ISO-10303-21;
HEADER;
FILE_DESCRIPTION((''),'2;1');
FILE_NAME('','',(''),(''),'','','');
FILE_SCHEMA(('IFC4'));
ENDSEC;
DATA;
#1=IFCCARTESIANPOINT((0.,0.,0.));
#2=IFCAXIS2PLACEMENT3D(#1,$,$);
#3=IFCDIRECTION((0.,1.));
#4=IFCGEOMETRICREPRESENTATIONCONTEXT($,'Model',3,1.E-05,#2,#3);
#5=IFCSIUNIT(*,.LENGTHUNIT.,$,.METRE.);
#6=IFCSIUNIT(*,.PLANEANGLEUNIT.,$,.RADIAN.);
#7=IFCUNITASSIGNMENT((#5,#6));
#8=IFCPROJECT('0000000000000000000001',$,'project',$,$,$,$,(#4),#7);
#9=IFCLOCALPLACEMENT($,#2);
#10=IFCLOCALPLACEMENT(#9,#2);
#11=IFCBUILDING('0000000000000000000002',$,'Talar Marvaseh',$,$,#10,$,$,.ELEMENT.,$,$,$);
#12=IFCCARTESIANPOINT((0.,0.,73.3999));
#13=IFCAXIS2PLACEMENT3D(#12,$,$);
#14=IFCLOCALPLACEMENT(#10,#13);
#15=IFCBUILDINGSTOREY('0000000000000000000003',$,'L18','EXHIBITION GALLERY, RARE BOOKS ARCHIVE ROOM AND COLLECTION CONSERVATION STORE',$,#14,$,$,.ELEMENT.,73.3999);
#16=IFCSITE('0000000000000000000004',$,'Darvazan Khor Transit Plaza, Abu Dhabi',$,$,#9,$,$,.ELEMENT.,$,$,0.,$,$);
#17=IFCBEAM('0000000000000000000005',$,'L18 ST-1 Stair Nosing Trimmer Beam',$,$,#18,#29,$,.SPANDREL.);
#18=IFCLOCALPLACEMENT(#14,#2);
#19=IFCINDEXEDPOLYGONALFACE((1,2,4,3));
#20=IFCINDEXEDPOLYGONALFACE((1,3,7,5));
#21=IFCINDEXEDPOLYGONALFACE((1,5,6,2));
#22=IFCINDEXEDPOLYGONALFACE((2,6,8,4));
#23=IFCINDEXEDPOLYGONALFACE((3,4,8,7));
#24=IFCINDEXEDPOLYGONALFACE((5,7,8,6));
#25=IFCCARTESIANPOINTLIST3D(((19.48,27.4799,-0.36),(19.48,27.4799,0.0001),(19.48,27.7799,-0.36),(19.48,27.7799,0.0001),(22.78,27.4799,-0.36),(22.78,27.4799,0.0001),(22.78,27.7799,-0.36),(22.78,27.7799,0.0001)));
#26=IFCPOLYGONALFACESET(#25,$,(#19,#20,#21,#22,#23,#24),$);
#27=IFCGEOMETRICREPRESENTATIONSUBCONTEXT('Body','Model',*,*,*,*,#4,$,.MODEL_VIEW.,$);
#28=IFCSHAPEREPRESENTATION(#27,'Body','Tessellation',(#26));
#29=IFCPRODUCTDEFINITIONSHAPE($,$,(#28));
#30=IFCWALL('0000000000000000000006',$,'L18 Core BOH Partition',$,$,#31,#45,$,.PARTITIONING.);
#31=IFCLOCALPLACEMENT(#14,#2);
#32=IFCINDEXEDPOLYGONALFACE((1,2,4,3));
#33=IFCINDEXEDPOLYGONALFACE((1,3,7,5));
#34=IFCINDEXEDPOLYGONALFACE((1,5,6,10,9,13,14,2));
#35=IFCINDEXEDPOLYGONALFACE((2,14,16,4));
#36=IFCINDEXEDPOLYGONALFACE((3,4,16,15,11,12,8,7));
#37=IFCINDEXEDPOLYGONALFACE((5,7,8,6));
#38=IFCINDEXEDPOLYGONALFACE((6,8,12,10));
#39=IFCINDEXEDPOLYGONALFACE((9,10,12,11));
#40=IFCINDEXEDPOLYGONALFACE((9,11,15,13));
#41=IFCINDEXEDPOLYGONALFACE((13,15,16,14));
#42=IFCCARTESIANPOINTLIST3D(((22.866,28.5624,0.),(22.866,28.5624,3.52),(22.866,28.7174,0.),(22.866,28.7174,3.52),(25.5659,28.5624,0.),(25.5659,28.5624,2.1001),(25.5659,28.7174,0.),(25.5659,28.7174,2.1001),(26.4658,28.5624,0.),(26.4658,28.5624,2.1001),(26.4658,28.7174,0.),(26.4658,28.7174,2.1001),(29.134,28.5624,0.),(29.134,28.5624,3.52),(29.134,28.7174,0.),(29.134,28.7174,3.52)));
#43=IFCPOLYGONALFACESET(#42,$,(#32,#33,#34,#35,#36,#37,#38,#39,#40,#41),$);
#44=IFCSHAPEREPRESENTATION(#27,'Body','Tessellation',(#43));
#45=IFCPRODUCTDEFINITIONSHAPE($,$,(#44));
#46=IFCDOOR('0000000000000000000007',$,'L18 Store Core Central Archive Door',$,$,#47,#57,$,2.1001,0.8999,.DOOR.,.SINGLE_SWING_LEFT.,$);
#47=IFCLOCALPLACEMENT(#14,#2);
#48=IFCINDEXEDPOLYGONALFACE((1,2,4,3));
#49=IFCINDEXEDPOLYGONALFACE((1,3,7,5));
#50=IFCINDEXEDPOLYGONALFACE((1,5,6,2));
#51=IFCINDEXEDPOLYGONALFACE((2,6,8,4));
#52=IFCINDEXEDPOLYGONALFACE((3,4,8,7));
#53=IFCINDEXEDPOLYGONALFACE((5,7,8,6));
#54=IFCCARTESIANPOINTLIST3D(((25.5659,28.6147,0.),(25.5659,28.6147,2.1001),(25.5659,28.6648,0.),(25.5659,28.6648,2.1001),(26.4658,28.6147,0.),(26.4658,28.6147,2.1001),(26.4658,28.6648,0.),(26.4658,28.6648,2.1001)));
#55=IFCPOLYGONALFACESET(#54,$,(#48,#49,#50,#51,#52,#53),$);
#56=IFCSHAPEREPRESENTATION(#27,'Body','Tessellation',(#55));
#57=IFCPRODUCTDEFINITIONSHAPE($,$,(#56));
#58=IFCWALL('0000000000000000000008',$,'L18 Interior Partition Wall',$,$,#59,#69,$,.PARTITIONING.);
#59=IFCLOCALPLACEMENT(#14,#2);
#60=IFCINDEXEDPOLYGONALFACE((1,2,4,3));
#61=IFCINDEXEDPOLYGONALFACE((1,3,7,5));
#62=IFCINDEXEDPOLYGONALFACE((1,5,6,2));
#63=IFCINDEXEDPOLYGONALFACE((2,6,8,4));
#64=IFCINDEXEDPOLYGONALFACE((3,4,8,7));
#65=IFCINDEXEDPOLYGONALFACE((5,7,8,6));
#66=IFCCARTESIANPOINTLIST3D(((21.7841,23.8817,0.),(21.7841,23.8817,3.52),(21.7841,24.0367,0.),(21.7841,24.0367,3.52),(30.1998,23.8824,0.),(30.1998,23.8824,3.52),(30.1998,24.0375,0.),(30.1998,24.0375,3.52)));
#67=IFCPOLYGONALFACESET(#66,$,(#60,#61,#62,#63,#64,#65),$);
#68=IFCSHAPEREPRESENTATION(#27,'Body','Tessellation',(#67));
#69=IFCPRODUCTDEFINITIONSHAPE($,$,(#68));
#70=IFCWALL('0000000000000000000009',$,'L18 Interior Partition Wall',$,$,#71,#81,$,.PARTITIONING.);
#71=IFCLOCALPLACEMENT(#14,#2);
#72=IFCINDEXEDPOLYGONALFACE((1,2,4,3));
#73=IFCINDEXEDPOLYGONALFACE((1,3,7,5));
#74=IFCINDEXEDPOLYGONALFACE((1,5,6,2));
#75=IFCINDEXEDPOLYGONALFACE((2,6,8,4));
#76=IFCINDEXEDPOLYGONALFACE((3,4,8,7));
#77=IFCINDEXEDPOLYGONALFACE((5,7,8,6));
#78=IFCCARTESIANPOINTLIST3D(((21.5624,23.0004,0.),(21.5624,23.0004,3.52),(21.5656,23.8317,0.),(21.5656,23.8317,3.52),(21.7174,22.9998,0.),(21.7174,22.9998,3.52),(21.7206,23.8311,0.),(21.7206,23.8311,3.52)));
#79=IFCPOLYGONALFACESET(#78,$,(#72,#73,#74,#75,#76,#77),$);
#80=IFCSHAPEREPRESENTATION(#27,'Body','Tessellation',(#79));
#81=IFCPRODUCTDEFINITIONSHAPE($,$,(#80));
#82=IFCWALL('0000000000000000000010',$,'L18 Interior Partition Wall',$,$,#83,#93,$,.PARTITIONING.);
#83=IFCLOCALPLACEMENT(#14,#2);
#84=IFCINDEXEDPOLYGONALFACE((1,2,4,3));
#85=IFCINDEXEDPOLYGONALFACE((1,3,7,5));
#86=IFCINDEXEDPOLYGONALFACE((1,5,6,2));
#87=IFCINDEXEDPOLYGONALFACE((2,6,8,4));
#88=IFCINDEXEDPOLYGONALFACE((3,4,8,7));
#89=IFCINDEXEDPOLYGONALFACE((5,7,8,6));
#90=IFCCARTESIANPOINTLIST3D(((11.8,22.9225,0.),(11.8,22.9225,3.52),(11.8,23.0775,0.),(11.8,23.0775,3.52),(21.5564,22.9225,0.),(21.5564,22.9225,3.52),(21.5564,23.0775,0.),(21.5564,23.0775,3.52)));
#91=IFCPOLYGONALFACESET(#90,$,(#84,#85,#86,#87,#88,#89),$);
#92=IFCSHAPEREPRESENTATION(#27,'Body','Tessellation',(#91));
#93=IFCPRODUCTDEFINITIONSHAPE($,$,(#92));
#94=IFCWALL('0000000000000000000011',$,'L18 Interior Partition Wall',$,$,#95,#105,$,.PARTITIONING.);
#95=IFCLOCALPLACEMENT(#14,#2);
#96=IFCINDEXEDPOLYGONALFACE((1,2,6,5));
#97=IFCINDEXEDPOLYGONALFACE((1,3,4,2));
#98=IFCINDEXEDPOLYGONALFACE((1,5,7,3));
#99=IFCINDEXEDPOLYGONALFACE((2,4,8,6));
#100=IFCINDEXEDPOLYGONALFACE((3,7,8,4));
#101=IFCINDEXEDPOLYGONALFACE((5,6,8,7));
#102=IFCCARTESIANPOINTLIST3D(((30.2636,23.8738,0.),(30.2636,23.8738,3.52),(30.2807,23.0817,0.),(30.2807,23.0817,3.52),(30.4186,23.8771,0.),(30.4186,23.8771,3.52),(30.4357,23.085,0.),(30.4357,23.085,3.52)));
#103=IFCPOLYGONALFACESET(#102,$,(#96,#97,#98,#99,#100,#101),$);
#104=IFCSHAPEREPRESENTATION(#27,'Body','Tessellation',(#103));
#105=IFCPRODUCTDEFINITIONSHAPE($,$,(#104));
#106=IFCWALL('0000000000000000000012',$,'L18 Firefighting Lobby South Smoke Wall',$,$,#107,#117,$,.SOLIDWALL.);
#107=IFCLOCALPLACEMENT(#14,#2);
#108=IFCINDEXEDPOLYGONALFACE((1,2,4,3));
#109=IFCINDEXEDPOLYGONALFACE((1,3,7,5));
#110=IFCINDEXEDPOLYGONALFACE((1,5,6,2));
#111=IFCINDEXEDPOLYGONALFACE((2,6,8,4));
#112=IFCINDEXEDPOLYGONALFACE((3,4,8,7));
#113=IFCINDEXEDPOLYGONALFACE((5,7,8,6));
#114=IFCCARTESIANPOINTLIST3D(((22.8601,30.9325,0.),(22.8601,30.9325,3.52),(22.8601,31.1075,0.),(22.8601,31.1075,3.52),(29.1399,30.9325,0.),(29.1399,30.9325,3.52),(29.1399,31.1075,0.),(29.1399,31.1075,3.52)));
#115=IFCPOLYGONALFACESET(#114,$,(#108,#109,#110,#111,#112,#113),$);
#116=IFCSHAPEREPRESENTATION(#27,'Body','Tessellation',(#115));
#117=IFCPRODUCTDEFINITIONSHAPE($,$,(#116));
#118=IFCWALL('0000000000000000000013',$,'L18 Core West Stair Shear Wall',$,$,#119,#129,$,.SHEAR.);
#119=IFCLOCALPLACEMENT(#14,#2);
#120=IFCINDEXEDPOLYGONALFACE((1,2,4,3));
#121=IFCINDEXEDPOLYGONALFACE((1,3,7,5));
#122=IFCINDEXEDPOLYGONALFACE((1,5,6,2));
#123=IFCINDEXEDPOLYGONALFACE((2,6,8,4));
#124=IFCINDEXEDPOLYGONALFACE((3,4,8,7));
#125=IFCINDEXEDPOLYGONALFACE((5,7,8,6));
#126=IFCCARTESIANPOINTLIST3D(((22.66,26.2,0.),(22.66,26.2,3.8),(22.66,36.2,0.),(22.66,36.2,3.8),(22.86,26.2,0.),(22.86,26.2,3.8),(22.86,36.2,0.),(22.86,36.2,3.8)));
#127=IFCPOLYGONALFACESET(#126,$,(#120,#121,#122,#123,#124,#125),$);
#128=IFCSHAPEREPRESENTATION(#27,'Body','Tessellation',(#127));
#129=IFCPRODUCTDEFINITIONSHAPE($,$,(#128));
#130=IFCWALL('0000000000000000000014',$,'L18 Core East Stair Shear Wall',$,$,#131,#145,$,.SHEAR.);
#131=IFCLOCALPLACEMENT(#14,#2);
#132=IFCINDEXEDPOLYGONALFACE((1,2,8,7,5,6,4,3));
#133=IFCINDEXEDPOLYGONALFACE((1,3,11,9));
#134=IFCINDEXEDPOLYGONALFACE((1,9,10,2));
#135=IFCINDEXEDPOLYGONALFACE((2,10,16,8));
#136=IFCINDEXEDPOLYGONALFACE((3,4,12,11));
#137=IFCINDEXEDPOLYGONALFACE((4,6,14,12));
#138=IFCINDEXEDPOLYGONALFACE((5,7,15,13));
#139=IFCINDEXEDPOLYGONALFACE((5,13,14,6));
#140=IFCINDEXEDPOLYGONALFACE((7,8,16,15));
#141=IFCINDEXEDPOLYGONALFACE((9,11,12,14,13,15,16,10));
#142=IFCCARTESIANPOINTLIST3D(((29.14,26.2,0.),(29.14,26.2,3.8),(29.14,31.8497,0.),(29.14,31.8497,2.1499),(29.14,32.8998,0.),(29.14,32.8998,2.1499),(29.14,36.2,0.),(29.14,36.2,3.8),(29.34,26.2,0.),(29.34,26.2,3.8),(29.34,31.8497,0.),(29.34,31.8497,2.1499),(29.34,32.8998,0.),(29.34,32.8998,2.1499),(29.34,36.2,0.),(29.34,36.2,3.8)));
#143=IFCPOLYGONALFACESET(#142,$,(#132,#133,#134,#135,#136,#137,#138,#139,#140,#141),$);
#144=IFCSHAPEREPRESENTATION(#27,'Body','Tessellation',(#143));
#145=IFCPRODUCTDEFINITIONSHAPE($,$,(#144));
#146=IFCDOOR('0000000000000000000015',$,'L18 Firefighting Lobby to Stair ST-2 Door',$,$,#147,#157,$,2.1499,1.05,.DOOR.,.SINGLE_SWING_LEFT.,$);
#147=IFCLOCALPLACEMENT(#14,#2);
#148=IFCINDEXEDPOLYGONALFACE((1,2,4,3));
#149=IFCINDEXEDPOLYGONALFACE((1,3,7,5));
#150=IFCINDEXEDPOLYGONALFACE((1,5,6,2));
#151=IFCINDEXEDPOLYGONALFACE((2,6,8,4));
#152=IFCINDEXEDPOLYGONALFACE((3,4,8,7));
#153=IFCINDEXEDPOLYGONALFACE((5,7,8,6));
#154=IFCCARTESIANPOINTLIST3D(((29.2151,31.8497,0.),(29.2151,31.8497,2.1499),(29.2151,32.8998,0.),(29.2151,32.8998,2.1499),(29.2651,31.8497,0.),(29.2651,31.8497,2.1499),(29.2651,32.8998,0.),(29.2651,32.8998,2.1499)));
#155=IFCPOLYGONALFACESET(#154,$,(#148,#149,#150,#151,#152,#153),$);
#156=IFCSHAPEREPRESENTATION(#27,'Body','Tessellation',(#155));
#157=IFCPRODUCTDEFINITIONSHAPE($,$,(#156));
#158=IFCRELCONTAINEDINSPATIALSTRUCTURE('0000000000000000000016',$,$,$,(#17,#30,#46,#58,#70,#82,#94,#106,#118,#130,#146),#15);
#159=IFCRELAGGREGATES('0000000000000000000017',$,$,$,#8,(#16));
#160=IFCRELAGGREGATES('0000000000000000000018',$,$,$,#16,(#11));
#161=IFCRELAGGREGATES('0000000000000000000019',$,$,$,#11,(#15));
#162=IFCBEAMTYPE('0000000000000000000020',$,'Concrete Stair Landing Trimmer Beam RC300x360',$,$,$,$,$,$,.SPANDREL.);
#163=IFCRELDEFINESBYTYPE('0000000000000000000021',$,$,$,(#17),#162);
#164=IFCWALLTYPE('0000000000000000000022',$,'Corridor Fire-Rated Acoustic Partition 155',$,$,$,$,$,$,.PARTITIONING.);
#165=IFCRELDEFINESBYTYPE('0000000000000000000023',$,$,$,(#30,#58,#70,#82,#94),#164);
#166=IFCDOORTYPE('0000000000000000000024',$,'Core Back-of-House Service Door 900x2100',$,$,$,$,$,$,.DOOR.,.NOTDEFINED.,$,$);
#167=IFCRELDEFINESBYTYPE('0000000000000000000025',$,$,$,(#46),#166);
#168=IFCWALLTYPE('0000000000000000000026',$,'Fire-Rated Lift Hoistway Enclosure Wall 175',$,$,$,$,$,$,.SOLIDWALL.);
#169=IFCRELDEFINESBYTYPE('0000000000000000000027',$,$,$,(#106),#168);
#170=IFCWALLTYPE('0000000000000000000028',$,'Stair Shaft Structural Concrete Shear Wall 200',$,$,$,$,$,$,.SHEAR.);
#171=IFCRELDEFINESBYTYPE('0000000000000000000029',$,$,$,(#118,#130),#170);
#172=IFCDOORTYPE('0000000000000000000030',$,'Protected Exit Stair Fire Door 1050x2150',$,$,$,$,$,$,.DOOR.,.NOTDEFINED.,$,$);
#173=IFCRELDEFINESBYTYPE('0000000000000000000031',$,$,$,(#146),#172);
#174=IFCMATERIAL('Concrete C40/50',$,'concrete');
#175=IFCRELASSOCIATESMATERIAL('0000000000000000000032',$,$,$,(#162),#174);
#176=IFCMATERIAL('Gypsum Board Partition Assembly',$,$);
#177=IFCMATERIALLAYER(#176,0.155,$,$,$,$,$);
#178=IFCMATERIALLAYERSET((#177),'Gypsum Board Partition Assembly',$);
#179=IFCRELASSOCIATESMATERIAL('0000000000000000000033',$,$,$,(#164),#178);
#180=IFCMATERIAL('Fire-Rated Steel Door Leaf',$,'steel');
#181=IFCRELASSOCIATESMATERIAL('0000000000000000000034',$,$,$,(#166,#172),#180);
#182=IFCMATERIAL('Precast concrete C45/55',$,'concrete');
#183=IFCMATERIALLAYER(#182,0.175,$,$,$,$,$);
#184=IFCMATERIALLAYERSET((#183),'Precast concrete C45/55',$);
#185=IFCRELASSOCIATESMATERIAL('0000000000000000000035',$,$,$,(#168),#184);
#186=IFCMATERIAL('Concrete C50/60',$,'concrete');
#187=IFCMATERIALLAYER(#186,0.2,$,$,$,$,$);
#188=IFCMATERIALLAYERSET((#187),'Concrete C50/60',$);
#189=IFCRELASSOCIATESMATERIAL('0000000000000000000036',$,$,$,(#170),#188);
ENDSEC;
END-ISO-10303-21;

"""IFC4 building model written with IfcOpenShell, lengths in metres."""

from ifc_helpers import new_model, si_unit, direction, frame, frame_2d, origin, origin_2d, place, context, subcontext, project, spatial, rectangle, extrude, source, transform, mapped, material, layer, layer_set, material_profile, profile_set, type_object, type_shapes, element, fill, save


model = new_model("IFC4")

# Units and contexts
model_context = context("Model", 3, precision=1e-05, world=origin(), true_north=direction((0.0, 1.0)))
body_context = subcontext(model_context, "Body", "Model", "MODEL_VIEW")
ifc_project = project(units=[si_unit("LENGTHUNIT", "METRE"), si_unit("PLANEANGLEUNIT", "RADIAN")], contexts=[model_context])

# Site, building, storey
site_placement = place(None, origin())
site = spatial("IfcSite", under=ifc_project, at=site_placement, Name="Darvazan Khor Transit Plaza, Abu Dhabi", CompositionType="ELEMENT", RefElevation=0.0)
building_placement = place(site_placement, origin())
building = spatial("IfcBuilding", under=site, at=building_placement, Name="Talar Marvaseh", CompositionType="ELEMENT")
storey_placement = place(building_placement, frame((0.0, 0.0, 73.3999)))
storey = spatial("IfcBuildingStorey", under=building, at=storey_placement, Name="L18", Description="EXHIBITION GALLERY, RARE BOOKS ARCHIVE ROOM AND COLLECTION CONSERVATION STORE", CompositionType="ELEMENT", Elevation=73.3999)

# Beam
ifc_material_1 = material(Name="Concrete C40/50", Category="concrete")
ifc_material_profile = material_profile(ifc_material_1, rectangle(XDim=0.3, YDim=0.3601, at=origin_2d()), Name="RC300x360")
ifc_profile_set = profile_set([ifc_material_profile], Name="Concrete C40/50")
beam_type = type_object("IfcBeamType", Name="Concrete Stair Landing Trimmer Beam RC300x360", PredefinedType="SPANDREL", material=ifc_profile_set)
beam_placement = place(storey_placement, frame((22.78, 27.6299, -0.1799), z_axis=(-1.0, 0.0, 0.0), x_axis=(0.0, -1.0, 0.0)))
element("IfcBeam", 1, at=beam_placement, inside=storey, type_object=beam_type, Name="L18 ST-1 Stair Nosing Trimmer Beam", PredefinedType="SPANDREL", context=body_context, shape_type="SweptSolid", body=[
    extrude(rectangle(XDim=0.3, YDim=0.3601, at=origin_2d()), origin(), (0.0, 0.0, 1.0), 3.3),
])

# Wall, opening, door
ifc_material_2 = material(Name="Gypsum Board Partition Assembly")
ifc_layer_1 = layer(ifc_material_2, 0.155)
ifc_layer_set_1 = layer_set([ifc_layer_1], Name="Gypsum Board Partition Assembly")
wall_type_1 = type_object("IfcWallType", Name="Corridor Fire-Rated Acoustic Partition 155", PredefinedType="PARTITIONING", material=ifc_layer_set_1)
wall_1_placement = place(storey_placement, frame((22.866, 28.6399, 0.0), z_axis=(0.0, 0.0, 1.0), x_axis=(1.0, 0.0, 0.0)))
wall_1 = element("IfcWall", 2, at=wall_1_placement, inside=storey, type_object=wall_type_1, Name="L18 Core BOH Partition", PredefinedType="PARTITIONING", context=body_context, shape_type="SweptSolid", body=[
    extrude(rectangle(XDim=6.2681, YDim=0.155, at=frame_2d((3.134, 0.0))), origin(), (0.0, 0.0, 1.0), 3.52),
])
opening_1_placement = place(wall_1_placement, frame((2.7, 0.0, 0.0)))
opening_1 = element("IfcOpeningElement", 3, at=opening_1_placement, cuts=wall_1, PredefinedType="OPENING", context=body_context, shape_type="SweptSolid", body=[
    extrude(rectangle(XDim=0.8999, YDim=2.1001, at=frame_2d((0.45, 1.05))), frame((0.0, 0.0874, 0.0), z_axis=(0.0, -1.0, 0.0), x_axis=(1.0, 0.0, 0.0)), (0.0, 0.0, 1.0), 0.175),
])
ifc_material_3 = material(Name="Fire-Rated Steel Door Leaf", Category="steel")
door_type_1 = type_object("IfcDoorType", Name="Core Back-of-House Service Door 900x2100", OperationType="NOTDEFINED", PredefinedType="DOOR", material=ifc_material_3)
shared_shape_1 = source(origin(), body_context, "Body", "SweptSolid", [
    extrude(rectangle(XDim=0.8999, YDim=2.1001, at=frame_2d((0.45, 1.05))), frame((0.0, 0.0249, 0.0), z_axis=(0.0, -1.0, 0.0), x_axis=(1.0, 0.0, 0.0)), (0.0, 0.0, 1.0), 0.05),
])
type_shapes(door_type_1, [shared_shape_1])
door_1_placement = place(opening_1_placement, origin())
door_1 = element("IfcDoor", 4, at=door_1_placement, inside=storey, type_object=door_type_1, Name="L18 Store Core Central Archive Door", OperationType="SINGLE_SWING_LEFT", OverallHeight=2.1001, OverallWidth=0.8999, PredefinedType="DOOR", context=body_context, shape_type="MappedRepresentation", body=[
    mapped(shared_shape_1, transform((0.0, 0.0, 0.0), x_axis=(1.0, 0.0, 0.0), y_axis=(0.0, 1.0, 0.0), z_axis=(0.0, 0.0, 1.0), scale=1.0)),
])
fill(opening_1, door_1)

# Walls
wall_2_placement = place(storey_placement, frame((30.2, 23.96, 0.0), z_axis=(0.0, 0.0, 1.0), x_axis=(-1.0, -0.000087, 0.0)))
element("IfcWall", 5, at=wall_2_placement, inside=storey, type_object=wall_type_1, Name="L18 Interior Partition Wall", PredefinedType="PARTITIONING", context=body_context, shape_type="SweptSolid", body=[
    extrude(rectangle(XDim=8.4158, YDim=0.155, at=frame_2d((4.208, 0.0))), origin(), (0.0, 0.0, 1.0), 3.52),
])
wall_3_placement = place(storey_placement, frame((21.6431, 23.8313, 0.0), z_axis=(0.0, 0.0, 1.0), x_axis=(-0.003818, -0.999993, 0.0)))
element("IfcWall", 6, at=wall_3_placement, inside=storey, type_object=wall_type_1, Name="L18 Interior Partition Wall", PredefinedType="PARTITIONING", context=body_context, shape_type="SweptSolid", body=[
    extrude(rectangle(XDim=0.8313, YDim=0.155, at=frame_2d((0.4155, 0.0))), origin(), (0.0, 0.0, 1.0), 3.52),
])
wall_4_placement = place(storey_placement, frame((21.5564, 23.0, 0.0), z_axis=(0.0, 0.0, 1.0), x_axis=(-1.0, 0.0, 0.0)))
element("IfcWall", 7, at=wall_4_placement, inside=storey, type_object=wall_type_1, Name="L18 Interior Partition Wall", PredefinedType="PARTITIONING", context=body_context, shape_type="SweptSolid", body=[
    extrude(rectangle(XDim=9.7563, YDim=0.155, at=frame_2d((4.8782, 0.0))), origin(), (0.0, 0.0, 1.0), 3.52),
])
wall_5_placement = place(storey_placement, frame((30.3582, 23.0835, 0.0), z_axis=(0.0, 0.0, 1.0), x_axis=(-0.021573, 0.999767, 0.0)))
element("IfcWall", 8, at=wall_5_placement, inside=storey, type_object=wall_type_1, Name="L18 Interior Partition Wall", PredefinedType="PARTITIONING", context=body_context, shape_type="SweptSolid", body=[
    extrude(rectangle(XDim=0.7922, YDim=0.155, at=frame_2d((0.396, 0.0))), origin(), (0.0, 0.0, 1.0), 3.52),
])
ifc_material_4 = material(Name="Precast concrete C45/55", Category="concrete")
ifc_layer_2 = layer(ifc_material_4, 0.175)
ifc_layer_set_2 = layer_set([ifc_layer_2], Name="Precast concrete C45/55")
wall_type_2 = type_object("IfcWallType", Name="Fire-Rated Lift Hoistway Enclosure Wall 175", PredefinedType="SOLIDWALL", material=ifc_layer_set_2)
wall_6_placement = place(storey_placement, frame((22.8601, 31.02, 0.0), z_axis=(0.0, 0.0, 1.0), x_axis=(1.0, 0.0, 0.0)))
element("IfcWall", 9, at=wall_6_placement, inside=storey, type_object=wall_type_2, Name="L18 Firefighting Lobby South Smoke Wall", PredefinedType="SOLIDWALL", context=body_context, shape_type="SweptSolid", body=[
    extrude(rectangle(XDim=6.2798, YDim=0.175, at=frame_2d((3.1399, 0.0))), origin(), (0.0, 0.0, 1.0), 3.52),
])
ifc_material_5 = material(Name="Concrete C50/60", Category="concrete")
ifc_layer_3 = layer(ifc_material_5, 0.2)
ifc_layer_set_3 = layer_set([ifc_layer_3], Name="Concrete C50/60")
wall_type_3 = type_object("IfcWallType", Name="Stair Shaft Structural Concrete Shear Wall 200", PredefinedType="SHEAR", material=ifc_layer_set_3)
wall_7_placement = place(storey_placement, frame((22.76, 26.2, 0.0), z_axis=(0.0, 0.0, 1.0), x_axis=(0.0, 1.0, 0.0)))
element("IfcWall", 10, at=wall_7_placement, inside=storey, type_object=wall_type_3, Name="L18 Core West Stair Shear Wall", PredefinedType="SHEAR", context=body_context, shape_type="SweptSolid", body=[
    extrude(rectangle(XDim=10.0, YDim=0.2, at=frame_2d((5.0, 0.0))), origin(), (0.0, 0.0, 1.0), 3.8),
])

# Wall, opening, door
wall_8_placement = place(storey_placement, frame((29.24, 26.2, 0.0), z_axis=(0.0, 0.0, 1.0), x_axis=(0.0, 1.0, 0.0)))
wall_8 = element("IfcWall", 11, at=wall_8_placement, inside=storey, type_object=wall_type_3, Name="L18 Core East Stair Shear Wall", PredefinedType="SHEAR", context=body_context, shape_type="SweptSolid", body=[
    extrude(rectangle(XDim=10.0, YDim=0.2, at=frame_2d((5.0, 0.0))), origin(), (0.0, 0.0, 1.0), 3.8),
])
opening_2_placement = place(wall_8_placement, frame((5.6499, 0.0, 0.0)))
opening_2 = element("IfcOpeningElement", 12, at=opening_2_placement, cuts=wall_8, PredefinedType="OPENING", context=body_context, shape_type="SweptSolid", body=[
    extrude(rectangle(XDim=1.05, YDim=2.1499, at=frame_2d((0.5249, 1.075))), frame((0.0, 0.1099, 0.0), z_axis=(0.0, -1.0, 0.0), x_axis=(1.0, 0.0, 0.0)), (0.0, 0.0, 1.0), 0.22),
])
door_type_2 = type_object("IfcDoorType", Name="Protected Exit Stair Fire Door 1050x2150", OperationType="NOTDEFINED", PredefinedType="DOOR", material=ifc_material_3)
shared_shape_2 = source(origin(), body_context, "Body", "SweptSolid", [
    extrude(rectangle(XDim=1.05, YDim=2.1499, at=frame_2d((0.5249, 1.075))), frame((0.0, 0.0249, 0.0), z_axis=(0.0, -1.0, 0.0), x_axis=(1.0, 0.0, 0.0)), (0.0, 0.0, 1.0), 0.05),
])
type_shapes(door_type_2, [shared_shape_2])
door_2_placement = place(opening_2_placement, origin())
door_2 = element("IfcDoor", 13, at=door_2_placement, inside=storey, type_object=door_type_2, Name="L18 Firefighting Lobby to Stair ST-2 Door", OperationType="SINGLE_SWING_LEFT", OverallHeight=2.1499, OverallWidth=1.05, PredefinedType="DOOR", context=body_context, shape_type="MappedRepresentation", body=[
    mapped(shared_shape_2, transform((0.0, 0.0, 0.0), x_axis=(1.0, 0.0, 0.0), y_axis=(0.0, 1.0, 0.0), z_axis=(0.0, 0.0, 1.0), scale=1.0)),
])
fill(opening_2, door_2)

save(model, "model.ifc")
